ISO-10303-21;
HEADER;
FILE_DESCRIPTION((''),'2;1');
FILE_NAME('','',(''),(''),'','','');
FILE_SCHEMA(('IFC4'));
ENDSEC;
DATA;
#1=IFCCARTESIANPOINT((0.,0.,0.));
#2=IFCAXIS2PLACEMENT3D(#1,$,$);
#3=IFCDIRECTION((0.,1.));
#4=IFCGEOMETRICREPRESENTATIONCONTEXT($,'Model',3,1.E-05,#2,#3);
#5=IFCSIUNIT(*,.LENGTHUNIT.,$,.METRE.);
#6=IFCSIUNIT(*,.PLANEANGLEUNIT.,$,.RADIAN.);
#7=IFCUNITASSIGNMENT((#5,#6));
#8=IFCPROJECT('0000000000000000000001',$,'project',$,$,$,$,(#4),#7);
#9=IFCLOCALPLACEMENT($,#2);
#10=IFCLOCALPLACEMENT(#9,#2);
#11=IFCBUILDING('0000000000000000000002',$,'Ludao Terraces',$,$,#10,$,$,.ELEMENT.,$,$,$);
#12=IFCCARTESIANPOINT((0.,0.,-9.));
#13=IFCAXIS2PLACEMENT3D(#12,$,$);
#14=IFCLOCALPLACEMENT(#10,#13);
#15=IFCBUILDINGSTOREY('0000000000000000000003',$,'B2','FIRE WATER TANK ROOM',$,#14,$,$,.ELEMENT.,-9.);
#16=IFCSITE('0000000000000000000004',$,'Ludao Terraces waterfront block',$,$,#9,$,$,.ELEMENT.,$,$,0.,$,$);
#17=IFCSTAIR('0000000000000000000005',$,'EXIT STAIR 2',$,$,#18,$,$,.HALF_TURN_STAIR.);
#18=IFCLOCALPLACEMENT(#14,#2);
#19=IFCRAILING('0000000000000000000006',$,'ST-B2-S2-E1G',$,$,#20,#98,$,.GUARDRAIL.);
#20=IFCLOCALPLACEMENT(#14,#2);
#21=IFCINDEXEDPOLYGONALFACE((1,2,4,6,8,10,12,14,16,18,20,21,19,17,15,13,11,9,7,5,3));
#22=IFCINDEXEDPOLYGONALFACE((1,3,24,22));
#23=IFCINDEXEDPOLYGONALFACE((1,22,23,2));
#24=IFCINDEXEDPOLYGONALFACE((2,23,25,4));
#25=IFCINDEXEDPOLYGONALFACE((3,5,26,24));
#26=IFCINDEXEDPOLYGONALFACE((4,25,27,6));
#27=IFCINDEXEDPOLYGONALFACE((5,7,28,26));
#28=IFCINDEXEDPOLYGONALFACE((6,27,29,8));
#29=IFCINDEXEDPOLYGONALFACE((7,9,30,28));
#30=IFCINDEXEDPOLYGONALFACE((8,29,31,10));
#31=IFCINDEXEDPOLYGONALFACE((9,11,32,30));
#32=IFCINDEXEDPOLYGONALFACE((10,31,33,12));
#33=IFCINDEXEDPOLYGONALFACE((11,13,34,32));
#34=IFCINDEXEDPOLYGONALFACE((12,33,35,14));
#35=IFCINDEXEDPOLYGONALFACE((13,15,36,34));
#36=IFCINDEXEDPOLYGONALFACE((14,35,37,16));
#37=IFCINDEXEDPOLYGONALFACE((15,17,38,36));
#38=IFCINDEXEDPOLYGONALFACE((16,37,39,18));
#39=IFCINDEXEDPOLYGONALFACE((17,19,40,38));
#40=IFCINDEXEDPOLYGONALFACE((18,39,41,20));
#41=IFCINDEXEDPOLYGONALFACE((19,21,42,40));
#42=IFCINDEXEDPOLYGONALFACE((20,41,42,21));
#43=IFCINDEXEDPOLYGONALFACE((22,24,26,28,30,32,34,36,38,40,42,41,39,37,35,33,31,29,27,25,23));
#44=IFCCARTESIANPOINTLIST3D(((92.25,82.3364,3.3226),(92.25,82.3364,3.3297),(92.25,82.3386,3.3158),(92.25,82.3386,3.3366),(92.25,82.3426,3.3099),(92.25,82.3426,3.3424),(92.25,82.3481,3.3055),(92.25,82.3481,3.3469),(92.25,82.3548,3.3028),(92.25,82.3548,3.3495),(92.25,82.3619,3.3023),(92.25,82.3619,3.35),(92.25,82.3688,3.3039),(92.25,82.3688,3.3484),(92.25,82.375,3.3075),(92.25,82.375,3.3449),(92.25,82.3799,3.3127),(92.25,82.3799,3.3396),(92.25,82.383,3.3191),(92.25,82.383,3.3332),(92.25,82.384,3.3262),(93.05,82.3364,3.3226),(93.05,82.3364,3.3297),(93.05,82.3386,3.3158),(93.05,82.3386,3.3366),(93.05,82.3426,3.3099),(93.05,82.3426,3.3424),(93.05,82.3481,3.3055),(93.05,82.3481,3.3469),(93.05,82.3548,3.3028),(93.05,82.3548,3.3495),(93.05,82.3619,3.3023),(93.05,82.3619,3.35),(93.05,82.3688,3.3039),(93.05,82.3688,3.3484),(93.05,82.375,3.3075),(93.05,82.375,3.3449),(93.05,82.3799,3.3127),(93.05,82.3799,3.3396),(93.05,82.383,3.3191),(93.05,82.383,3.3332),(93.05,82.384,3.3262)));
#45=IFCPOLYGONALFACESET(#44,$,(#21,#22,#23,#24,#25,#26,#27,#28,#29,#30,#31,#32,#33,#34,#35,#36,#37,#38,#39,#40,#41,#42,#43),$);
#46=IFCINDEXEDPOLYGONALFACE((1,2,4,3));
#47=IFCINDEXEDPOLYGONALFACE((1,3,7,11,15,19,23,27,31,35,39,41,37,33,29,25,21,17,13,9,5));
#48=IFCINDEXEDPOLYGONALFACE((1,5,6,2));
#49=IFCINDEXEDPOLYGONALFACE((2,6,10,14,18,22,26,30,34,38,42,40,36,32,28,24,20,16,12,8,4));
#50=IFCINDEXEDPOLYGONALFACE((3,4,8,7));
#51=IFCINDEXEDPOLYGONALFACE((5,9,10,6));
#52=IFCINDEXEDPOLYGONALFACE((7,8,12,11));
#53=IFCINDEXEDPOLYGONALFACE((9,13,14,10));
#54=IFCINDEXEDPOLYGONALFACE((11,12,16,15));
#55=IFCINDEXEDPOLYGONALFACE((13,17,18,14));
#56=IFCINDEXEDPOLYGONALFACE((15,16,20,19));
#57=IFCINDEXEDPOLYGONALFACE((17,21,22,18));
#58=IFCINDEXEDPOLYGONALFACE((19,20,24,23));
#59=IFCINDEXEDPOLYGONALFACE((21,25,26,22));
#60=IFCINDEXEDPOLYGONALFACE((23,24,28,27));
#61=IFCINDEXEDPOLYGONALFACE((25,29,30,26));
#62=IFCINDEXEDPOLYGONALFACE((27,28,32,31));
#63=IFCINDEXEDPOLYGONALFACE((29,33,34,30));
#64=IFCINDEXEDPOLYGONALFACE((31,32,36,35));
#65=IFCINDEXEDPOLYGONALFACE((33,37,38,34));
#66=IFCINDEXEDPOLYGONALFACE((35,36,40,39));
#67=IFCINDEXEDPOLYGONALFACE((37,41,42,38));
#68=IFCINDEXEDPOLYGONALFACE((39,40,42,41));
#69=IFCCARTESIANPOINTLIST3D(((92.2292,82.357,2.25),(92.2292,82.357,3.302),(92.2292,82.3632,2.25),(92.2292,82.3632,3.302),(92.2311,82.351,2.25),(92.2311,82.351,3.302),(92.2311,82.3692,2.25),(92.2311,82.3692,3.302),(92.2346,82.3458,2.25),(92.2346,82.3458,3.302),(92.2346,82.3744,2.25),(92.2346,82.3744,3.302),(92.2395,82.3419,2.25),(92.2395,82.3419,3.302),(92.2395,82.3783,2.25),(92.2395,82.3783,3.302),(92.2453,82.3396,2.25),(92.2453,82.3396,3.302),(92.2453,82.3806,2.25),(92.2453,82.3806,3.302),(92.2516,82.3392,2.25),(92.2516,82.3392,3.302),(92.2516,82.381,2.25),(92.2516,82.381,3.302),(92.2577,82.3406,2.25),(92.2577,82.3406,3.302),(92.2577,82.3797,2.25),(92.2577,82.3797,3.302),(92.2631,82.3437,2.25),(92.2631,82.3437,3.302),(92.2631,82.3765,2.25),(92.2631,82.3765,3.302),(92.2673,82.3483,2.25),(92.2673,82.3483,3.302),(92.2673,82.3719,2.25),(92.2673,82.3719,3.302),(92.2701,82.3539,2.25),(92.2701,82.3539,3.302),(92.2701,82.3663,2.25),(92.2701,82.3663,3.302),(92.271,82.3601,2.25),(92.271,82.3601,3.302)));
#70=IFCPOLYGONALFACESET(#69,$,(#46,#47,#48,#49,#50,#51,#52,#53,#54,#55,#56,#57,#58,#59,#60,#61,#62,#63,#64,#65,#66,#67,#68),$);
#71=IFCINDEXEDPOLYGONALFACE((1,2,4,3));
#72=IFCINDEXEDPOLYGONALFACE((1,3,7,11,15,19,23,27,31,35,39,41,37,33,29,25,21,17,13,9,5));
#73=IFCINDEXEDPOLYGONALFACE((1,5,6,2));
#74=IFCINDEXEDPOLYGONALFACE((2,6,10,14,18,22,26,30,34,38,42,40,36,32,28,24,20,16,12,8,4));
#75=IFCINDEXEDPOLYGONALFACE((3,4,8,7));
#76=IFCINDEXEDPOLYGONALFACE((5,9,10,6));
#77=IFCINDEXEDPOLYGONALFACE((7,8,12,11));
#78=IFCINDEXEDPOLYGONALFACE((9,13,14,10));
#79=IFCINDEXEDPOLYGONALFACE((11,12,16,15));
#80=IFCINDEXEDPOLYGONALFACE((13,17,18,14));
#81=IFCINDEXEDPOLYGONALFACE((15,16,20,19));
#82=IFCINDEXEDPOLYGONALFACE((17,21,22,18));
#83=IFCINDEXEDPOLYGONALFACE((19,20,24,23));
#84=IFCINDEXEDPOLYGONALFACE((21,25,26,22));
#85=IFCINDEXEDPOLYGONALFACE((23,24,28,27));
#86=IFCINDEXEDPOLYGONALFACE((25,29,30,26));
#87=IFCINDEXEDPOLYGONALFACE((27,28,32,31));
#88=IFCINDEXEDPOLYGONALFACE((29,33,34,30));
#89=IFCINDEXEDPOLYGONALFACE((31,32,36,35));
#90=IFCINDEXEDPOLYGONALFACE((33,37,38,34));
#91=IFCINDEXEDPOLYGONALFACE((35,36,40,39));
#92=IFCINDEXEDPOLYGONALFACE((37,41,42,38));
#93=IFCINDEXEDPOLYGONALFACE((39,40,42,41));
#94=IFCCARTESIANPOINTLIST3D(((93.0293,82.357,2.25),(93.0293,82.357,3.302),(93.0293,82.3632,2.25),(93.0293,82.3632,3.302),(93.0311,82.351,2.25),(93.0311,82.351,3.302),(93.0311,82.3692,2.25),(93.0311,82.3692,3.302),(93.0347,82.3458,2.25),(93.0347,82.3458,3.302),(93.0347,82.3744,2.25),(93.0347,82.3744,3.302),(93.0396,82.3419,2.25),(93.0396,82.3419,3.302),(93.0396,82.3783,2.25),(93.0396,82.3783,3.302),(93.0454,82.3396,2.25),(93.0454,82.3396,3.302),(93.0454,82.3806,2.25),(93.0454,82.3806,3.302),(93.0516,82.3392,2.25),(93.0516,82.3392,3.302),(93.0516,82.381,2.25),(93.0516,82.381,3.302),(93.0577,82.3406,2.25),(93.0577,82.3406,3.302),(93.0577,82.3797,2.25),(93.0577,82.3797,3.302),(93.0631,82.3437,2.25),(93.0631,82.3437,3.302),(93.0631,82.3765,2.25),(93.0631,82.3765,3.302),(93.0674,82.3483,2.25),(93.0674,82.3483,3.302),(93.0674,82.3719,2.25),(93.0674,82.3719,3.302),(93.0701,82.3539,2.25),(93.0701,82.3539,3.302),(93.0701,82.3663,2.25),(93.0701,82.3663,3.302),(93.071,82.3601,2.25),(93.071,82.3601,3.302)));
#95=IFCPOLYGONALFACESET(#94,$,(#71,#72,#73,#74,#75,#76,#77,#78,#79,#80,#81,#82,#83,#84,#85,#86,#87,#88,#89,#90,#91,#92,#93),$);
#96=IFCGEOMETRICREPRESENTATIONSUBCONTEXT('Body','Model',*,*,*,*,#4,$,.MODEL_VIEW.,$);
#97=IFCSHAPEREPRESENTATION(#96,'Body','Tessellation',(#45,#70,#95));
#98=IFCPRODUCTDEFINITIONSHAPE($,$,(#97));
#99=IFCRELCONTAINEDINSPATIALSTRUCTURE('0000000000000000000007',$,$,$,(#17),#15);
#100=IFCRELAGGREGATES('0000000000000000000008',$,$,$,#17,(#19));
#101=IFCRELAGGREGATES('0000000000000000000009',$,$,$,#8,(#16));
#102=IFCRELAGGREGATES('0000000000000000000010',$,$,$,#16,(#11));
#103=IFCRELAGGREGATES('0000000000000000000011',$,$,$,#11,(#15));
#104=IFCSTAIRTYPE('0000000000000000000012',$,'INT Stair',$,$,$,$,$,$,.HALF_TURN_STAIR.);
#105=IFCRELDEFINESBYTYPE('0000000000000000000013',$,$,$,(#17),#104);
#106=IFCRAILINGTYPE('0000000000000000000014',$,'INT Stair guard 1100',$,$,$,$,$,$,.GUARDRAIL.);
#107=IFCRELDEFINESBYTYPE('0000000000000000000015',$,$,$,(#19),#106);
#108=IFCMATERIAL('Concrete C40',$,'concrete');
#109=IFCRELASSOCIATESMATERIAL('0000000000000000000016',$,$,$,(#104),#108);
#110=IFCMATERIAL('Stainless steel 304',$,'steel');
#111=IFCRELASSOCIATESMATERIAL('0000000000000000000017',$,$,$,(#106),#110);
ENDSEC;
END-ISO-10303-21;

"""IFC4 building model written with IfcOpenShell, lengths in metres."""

from ifc_helpers import new_model, si_unit, direction, frame, origin, origin_2d, place, context, subcontext, project, spatial, circle, extrude, material, type_object, element, aggregate, save


model = new_model("IFC4")

# Units and contexts
model_context = context("Model", 3, precision=1e-05, world=origin(), true_north=direction((0.0, 1.0)))
body_context = subcontext(model_context, "Body", "Model", "MODEL_VIEW")
ifc_project = project(units=[si_unit("LENGTHUNIT", "METRE"), si_unit("PLANEANGLEUNIT", "RADIAN")], contexts=[model_context])

# Site, building, storey
site_placement = place(None, origin())
site = spatial("IfcSite", under=ifc_project, at=site_placement, Name="Ludao Terraces waterfront block", CompositionType="ELEMENT", RefElevation=0.0)
building_placement = place(site_placement, origin())
building = spatial("IfcBuilding", under=site, at=building_placement, Name="Ludao Terraces", CompositionType="ELEMENT")
storey_placement = place(building_placement, frame((0.0, 0.0, -9.0)))
storey = spatial("IfcBuildingStorey", under=building, at=storey_placement, Name="B2", Description="FIRE WATER TANK ROOM", CompositionType="ELEMENT", Elevation=-9.0)

# Shared definitions
ifc_material_1 = material(Name="Concrete C40", Category="concrete")

# Stair, railing
stair_type = type_object("IfcStairType", Name="INT Stair", PredefinedType="HALF_TURN_STAIR", material=ifc_material_1)
stair_placement = place(storey_placement, origin())
stair = element("IfcStair", 1, at=stair_placement, inside=storey, type_object=stair_type, Name="EXIT STAIR 2", PredefinedType="HALF_TURN_STAIR")
ifc_material_2 = material(Name="Stainless steel 304", Category="steel")
railing_type_1 = type_object("IfcRailingType", Name="INT Stair guard 1100", PredefinedType="GUARDRAIL", material=ifc_material_2)
railing_1_placement = place(storey_placement, frame((92.25, 82.3601, 2.25)))
railing_1 = element("IfcRailing", 2, at=railing_1_placement, type_object=railing_type_1, Name="ST-B2-S2-E1G", PredefinedType="GUARDRAIL", context=body_context, shape_type="SweptSolid", body=[
    extrude(circle(Radius=0.0239, at=origin_2d()), frame((0.0, 0.0, 1.0762), z_axis=(1.0, 0.0, 0.0), x_axis=(0.0, 1.0, 0.0)), (0.0, 0.0, 1.0), 0.8),
    extrude(circle(Radius=0.021, at=origin_2d()), origin(), (0.0, 0.0, 1.0), 1.052),
    extrude(circle(Radius=0.021, at=origin_2d()), frame((0.8, 0.0, 0.0)), (0.0, 0.0, 1.0), 1.052),
])
aggregate(stair, [railing_1])

save(model, "model.ifc")
